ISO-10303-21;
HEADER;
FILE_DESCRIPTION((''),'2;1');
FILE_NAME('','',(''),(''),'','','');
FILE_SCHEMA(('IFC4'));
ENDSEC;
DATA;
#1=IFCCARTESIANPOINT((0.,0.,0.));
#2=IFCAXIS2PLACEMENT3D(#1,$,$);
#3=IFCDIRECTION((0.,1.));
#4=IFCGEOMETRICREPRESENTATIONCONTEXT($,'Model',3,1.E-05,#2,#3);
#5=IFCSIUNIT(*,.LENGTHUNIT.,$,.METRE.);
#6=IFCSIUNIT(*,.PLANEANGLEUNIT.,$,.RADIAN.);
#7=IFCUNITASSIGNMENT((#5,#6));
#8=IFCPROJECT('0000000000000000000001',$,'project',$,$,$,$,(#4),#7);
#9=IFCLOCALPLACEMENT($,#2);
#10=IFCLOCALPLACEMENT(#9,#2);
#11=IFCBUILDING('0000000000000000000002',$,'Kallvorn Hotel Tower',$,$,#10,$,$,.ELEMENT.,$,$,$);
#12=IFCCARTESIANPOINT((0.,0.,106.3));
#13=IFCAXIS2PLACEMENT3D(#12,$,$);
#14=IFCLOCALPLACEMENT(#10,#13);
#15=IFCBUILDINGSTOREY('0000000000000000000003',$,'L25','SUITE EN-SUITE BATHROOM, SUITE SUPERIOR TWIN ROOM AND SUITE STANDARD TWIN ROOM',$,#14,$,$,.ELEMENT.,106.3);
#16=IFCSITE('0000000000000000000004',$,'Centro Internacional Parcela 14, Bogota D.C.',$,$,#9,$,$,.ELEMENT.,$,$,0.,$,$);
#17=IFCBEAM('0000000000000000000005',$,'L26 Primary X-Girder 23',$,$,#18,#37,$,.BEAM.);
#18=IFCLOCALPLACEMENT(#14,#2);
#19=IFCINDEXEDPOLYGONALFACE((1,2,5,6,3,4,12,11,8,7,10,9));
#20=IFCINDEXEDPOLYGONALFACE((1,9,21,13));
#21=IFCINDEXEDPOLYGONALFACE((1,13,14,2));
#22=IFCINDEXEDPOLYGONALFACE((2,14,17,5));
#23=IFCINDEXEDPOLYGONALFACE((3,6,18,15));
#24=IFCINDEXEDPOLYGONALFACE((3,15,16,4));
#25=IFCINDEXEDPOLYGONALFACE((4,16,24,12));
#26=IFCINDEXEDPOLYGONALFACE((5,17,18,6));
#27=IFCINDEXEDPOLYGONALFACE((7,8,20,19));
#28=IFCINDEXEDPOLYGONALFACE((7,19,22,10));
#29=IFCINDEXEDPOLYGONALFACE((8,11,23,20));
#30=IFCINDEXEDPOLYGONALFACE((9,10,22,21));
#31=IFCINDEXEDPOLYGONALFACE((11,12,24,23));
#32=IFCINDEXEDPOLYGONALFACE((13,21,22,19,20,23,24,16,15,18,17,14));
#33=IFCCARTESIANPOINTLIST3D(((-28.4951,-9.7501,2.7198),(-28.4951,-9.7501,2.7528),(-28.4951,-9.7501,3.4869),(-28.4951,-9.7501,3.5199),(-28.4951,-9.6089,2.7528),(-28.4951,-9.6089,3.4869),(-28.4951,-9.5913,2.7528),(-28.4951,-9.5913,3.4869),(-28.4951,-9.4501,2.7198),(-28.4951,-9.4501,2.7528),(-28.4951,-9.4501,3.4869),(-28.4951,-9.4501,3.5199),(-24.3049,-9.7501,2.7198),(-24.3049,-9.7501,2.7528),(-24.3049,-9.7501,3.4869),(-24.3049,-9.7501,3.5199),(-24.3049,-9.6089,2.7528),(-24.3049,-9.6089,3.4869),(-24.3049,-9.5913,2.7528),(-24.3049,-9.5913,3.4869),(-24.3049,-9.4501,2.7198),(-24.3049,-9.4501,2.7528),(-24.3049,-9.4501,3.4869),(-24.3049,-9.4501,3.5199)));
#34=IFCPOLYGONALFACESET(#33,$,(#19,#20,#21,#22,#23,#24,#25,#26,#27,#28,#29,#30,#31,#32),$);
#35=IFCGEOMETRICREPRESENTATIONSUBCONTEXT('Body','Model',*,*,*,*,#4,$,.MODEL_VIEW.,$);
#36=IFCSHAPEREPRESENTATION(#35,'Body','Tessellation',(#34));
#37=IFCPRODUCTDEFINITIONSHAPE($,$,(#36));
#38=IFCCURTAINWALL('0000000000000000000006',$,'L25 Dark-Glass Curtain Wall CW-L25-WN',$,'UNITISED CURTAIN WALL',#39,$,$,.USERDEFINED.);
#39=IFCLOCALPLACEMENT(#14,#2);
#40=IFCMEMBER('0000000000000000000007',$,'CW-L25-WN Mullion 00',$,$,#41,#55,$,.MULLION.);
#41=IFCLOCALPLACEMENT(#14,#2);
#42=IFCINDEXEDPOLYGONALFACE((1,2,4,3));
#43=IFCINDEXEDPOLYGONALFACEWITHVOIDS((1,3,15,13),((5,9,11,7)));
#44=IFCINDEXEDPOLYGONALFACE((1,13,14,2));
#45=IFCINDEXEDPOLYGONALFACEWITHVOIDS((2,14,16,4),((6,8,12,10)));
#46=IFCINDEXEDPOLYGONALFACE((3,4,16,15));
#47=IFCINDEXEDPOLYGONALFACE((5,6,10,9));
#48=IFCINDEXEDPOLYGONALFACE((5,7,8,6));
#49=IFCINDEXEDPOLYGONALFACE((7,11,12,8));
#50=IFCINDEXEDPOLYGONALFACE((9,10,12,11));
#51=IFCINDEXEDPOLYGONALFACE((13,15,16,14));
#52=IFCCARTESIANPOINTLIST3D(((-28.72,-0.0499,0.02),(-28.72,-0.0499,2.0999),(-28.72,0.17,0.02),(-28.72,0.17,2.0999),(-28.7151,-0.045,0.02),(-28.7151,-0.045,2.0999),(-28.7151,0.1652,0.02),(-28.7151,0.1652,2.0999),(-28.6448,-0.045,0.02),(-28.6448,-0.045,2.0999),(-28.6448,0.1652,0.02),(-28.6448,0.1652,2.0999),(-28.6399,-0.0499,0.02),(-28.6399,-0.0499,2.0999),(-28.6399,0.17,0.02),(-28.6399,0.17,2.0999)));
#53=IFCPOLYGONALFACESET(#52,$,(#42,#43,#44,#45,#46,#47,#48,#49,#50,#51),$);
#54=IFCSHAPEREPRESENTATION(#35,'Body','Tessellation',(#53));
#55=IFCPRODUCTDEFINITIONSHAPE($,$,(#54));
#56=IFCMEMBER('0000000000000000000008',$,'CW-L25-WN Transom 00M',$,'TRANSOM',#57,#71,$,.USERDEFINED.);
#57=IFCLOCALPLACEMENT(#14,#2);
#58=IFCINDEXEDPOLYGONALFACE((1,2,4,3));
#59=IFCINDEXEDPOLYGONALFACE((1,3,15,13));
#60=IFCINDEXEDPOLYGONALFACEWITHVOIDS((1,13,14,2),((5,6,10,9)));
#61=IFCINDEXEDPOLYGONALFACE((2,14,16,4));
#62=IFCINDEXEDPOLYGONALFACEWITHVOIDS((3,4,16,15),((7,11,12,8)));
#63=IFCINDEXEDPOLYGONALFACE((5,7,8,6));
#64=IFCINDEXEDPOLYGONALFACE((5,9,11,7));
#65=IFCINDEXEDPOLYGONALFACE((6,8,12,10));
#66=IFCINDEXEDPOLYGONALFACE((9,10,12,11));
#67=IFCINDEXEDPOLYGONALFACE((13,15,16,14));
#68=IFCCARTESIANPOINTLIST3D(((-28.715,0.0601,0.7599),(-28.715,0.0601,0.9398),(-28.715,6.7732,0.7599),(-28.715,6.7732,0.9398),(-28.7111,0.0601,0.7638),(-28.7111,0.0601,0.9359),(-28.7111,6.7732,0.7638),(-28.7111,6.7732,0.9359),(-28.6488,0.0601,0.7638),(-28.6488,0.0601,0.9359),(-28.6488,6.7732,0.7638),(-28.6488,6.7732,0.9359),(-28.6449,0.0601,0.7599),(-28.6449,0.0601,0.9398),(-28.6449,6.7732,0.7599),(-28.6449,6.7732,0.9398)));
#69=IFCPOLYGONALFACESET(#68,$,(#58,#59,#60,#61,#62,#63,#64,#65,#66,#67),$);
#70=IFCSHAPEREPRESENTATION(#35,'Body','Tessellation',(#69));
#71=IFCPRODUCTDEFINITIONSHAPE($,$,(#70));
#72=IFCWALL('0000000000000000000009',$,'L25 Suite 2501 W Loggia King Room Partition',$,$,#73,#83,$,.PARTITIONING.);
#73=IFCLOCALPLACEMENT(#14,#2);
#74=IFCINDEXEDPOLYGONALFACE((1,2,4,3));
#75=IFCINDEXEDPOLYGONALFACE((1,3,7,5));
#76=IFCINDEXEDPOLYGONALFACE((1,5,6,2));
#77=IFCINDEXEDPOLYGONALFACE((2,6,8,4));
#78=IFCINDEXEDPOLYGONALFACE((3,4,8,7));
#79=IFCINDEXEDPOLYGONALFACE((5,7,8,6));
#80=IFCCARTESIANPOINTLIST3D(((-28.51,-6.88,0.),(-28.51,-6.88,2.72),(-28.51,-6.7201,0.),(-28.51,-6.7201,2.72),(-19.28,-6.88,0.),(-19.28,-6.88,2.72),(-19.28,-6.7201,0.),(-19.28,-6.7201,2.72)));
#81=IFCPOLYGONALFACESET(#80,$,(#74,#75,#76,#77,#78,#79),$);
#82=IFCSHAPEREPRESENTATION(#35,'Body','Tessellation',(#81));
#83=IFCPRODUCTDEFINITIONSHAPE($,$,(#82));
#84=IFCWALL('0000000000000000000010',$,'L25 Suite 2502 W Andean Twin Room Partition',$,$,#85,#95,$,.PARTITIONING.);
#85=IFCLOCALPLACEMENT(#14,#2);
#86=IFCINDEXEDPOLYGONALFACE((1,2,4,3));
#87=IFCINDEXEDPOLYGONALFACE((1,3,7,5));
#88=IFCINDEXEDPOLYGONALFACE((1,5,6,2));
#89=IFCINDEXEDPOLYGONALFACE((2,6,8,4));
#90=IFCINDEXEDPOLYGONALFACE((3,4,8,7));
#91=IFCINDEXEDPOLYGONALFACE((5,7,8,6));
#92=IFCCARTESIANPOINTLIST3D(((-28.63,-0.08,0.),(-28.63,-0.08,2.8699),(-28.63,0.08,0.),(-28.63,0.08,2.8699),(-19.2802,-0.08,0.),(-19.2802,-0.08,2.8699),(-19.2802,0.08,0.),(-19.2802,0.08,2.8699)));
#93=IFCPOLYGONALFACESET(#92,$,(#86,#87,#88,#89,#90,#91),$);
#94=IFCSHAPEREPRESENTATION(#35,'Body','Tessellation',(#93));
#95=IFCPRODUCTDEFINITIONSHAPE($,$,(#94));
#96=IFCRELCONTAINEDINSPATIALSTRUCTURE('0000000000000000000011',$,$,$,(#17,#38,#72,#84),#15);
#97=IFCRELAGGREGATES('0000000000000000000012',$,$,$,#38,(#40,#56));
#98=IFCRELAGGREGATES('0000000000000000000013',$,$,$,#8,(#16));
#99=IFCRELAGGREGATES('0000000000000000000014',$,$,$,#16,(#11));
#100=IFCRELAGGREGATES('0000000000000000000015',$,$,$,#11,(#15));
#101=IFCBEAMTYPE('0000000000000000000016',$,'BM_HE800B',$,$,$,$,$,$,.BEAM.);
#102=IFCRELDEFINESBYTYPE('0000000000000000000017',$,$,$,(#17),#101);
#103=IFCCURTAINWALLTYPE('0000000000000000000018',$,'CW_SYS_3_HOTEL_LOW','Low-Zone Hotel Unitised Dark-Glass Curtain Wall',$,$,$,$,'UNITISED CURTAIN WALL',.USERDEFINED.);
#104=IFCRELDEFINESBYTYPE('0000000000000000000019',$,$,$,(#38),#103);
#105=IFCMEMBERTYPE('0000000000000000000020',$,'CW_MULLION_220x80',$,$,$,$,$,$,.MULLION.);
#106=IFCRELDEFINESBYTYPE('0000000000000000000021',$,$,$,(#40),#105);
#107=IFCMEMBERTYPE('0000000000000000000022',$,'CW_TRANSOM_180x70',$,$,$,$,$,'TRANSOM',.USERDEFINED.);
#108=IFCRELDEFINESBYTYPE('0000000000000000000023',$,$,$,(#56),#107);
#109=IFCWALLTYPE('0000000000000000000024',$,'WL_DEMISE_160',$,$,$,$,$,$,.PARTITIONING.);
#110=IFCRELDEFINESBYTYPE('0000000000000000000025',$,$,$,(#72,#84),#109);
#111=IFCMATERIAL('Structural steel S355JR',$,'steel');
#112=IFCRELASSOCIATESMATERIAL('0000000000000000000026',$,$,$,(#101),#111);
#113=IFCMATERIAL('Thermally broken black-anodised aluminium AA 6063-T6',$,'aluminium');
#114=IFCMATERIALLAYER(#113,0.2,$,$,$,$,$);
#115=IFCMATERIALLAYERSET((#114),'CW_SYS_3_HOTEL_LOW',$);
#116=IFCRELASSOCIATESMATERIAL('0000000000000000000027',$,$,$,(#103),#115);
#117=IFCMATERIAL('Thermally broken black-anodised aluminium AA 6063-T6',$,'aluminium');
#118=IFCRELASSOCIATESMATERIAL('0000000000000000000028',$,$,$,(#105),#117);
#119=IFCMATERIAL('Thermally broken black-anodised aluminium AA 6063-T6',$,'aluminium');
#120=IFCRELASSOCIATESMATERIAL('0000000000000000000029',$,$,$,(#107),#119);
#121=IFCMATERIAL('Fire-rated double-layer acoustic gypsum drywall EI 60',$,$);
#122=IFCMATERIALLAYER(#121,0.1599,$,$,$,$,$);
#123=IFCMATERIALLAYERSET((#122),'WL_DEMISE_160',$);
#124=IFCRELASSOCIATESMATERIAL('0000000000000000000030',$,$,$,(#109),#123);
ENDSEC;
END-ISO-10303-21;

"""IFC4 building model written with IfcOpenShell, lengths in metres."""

from ifc_helpers import new_model, si_unit, direction, frame, frame_2d, origin, origin_2d, place, context, subcontext, project, spatial, rectangle, hollow_rectangle, i_section, extrude, material, layer, layer_set, material_profile, profile_set, type_object, element, aggregate, save


model = new_model("IFC4")

# Units and contexts
model_context = context("Model", 3, precision=1e-05, world=origin(), true_north=direction((0.0, 1.0)))
body_context = subcontext(model_context, "Body", "Model", "MODEL_VIEW")
ifc_project = project(units=[si_unit("LENGTHUNIT", "METRE"), si_unit("PLANEANGLEUNIT", "RADIAN")], contexts=[model_context])

# Site, building, storey
site_placement = place(None, origin())
site = spatial("IfcSite", under=ifc_project, at=site_placement, Name="Centro Internacional Parcela 14, Bogota D.C.", CompositionType="ELEMENT", RefElevation=0.0)
building_placement = place(site_placement, origin())
building = spatial("IfcBuilding", under=site, at=building_placement, Name="Kallvorn Hotel Tower", CompositionType="ELEMENT")
storey_placement = place(building_placement, frame((0.0, 0.0, 106.3)))
storey = spatial("IfcBuildingStorey", under=building, at=storey_placement, Name="L25", Description="SUITE EN-SUITE BATHROOM, SUITE SUPERIOR TWIN ROOM AND SUITE STANDARD TWIN ROOM", CompositionType="ELEMENT", Elevation=106.3)

# Beam
ifc_material_1 = material(Name="Structural steel S355JR", Category="steel")
ifc_material_profile_1 = material_profile(ifc_material_1, i_section(OverallWidth=0.3, OverallDepth=0.8, WebThickness=0.0176, FlangeThickness=0.033, at=origin_2d()), Name="HE 800 B")
ifc_profile_set_1 = profile_set([ifc_material_profile_1], Name="Structural steel S355JR")
beam_type_1 = type_object("IfcBeamType", Name="BM_HE800B", PredefinedType="BEAM", material=ifc_profile_set_1)
beam_1_placement = place(storey_placement, frame((-28.4951, -9.6001, 3.1199), z_axis=(1.0, 0.0, 0.0), x_axis=(0.0, 1.0, 0.0)))
element("IfcBeam", 1, at=beam_1_placement, inside=storey, type_object=beam_type_1, Name="L26 Primary X-Girder 23", PredefinedType="BEAM", context=body_context, shape_type="SweptSolid", body=[
    extrude(i_section(OverallWidth=0.3, OverallDepth=0.8, WebThickness=0.0176, FlangeThickness=0.033, at=origin_2d()), origin(), (0.0, 0.0, 1.0), 4.1902),
])

# Curtain wall, members
ifc_material_2 = material(Name="Thermally broken black-anodised aluminium AA 6063-T6", Category="aluminium")
ifc_layer_1 = layer(ifc_material_2, 0.2)
ifc_layer_set_1 = layer_set([ifc_layer_1], Name="CW_SYS_3_HOTEL_LOW")
curtain_wall_type = type_object("IfcCurtainWallType", Name="CW_SYS_3_HOTEL_LOW", Description="Low-Zone Hotel Unitised Dark-Glass Curtain Wall", ElementType="UNITISED CURTAIN WALL", PredefinedType="USERDEFINED", material=ifc_layer_set_1)
curtain_wall_placement = place(storey_placement, origin())
curtain_wall = element("IfcCurtainWall", 2, at=curtain_wall_placement, inside=storey, type_object=curtain_wall_type, Name="L25 Dark-Glass Curtain Wall CW-L25-WN", ObjectType="UNITISED CURTAIN WALL", PredefinedType="USERDEFINED")
ifc_material_3 = material(Name="Thermally broken black-anodised aluminium AA 6063-T6", Category="aluminium")
ifc_material_profile_2 = material_profile(ifc_material_3, hollow_rectangle(XDim=0.0801, YDim=0.22, WallThickness=0.0049, at=origin_2d()), Name="MUL 220x80")
ifc_profile_set_2 = profile_set([ifc_material_profile_2], Name="Thermally broken black-anodised aluminium AA 6063-T6")
member_type_1 = type_object("IfcMemberType", Name="CW_MULLION_220x80", PredefinedType="MULLION", material=ifc_profile_set_2)
member_1_placement = place(storey_placement, frame((-28.6799, 0.0601, 0.02), z_axis=(0.0, 0.0, 1.0), x_axis=(1.0, 0.0, 0.0)))
member_1 = element("IfcMember", 3, at=member_1_placement, type_object=member_type_1, Name="CW-L25-WN Mullion 00", PredefinedType="MULLION", context=body_context, shape_type="SweptSolid", body=[
    extrude(hollow_rectangle(XDim=0.0801, YDim=0.22, WallThickness=0.0049, at=origin_2d()), origin(), (0.0, 0.0, 1.0), 2.0798),
])
ifc_material_4 = material(Name="Thermally broken black-anodised aluminium AA 6063-T6", Category="aluminium")
ifc_material_profile_3 = material_profile(ifc_material_4, hollow_rectangle(XDim=0.0701, YDim=0.1799, WallThickness=0.0039, at=origin_2d()), Name="TRN 180x70")
ifc_profile_set_3 = profile_set([ifc_material_profile_3], Name="Thermally broken black-anodised aluminium AA 6063-T6")
member_type_2 = type_object("IfcMemberType", Name="CW_TRANSOM_180x70", ElementType="TRANSOM", PredefinedType="USERDEFINED", material=ifc_profile_set_3)
member_2_placement = place(storey_placement, frame((-28.6799, 0.0601, 0.8499), z_axis=(0.0, 1.0, 0.0), x_axis=(-1.0, 0.0, 0.0)))
member_2 = element("IfcMember", 4, at=member_2_placement, type_object=member_type_2, Name="CW-L25-WN Transom 00M", ObjectType="TRANSOM", PredefinedType="USERDEFINED", context=body_context, shape_type="SweptSolid", body=[
    extrude(hollow_rectangle(XDim=0.0701, YDim=0.1799, WallThickness=0.0039, at=origin_2d()), origin(), (0.0, 0.0, 1.0), 6.7131),
])
aggregate(curtain_wall, [member_1, member_2])

# Shared definitions
ifc_material_5 = material(Name="Fire-rated double-layer acoustic gypsum drywall EI 60")
ifc_layer_2 = layer(ifc_material_5, 0.1599)
ifc_layer_set_2 = layer_set([ifc_layer_2], Name="WL_DEMISE_160")
wall_type = type_object("IfcWallType", Name="WL_DEMISE_160", PredefinedType="PARTITIONING", material=ifc_layer_set_2)

# Walls
wall_1_placement = place(storey_placement, frame((-28.51, -6.8, 0.0), z_axis=(0.0, 0.0, 1.0), x_axis=(1.0, 0.0, 0.0)))
element("IfcWall", 5, at=wall_1_placement, inside=storey, type_object=wall_type, Name="L25 Suite 2501 W Loggia King Room Partition", PredefinedType="PARTITIONING", context=body_context, shape_type="SweptSolid", body=[
    extrude(rectangle(XDim=9.23, YDim=0.1599, at=frame_2d((4.615, 0.0))), origin(), (0.0, 0.0, 1.0), 2.72),
])
wall_2_placement = place(storey_placement, frame((-28.6299, 0.0, 0.0), z_axis=(0.0, 0.0, 1.0), x_axis=(1.0, 0.0, 0.0)))
element("IfcWall", 6, at=wall_2_placement, inside=storey, type_object=wall_type, Name="L25 Suite 2502 W Andean Twin Room Partition", PredefinedType="PARTITIONING", context=body_context, shape_type="SweptSolid", body=[
    extrude(rectangle(XDim=9.3499, YDim=0.1599, at=frame_2d((4.6748, 0.0))), origin(), (0.0, 0.0, 1.0), 2.8699),
])

save(model, "model.ifc")
